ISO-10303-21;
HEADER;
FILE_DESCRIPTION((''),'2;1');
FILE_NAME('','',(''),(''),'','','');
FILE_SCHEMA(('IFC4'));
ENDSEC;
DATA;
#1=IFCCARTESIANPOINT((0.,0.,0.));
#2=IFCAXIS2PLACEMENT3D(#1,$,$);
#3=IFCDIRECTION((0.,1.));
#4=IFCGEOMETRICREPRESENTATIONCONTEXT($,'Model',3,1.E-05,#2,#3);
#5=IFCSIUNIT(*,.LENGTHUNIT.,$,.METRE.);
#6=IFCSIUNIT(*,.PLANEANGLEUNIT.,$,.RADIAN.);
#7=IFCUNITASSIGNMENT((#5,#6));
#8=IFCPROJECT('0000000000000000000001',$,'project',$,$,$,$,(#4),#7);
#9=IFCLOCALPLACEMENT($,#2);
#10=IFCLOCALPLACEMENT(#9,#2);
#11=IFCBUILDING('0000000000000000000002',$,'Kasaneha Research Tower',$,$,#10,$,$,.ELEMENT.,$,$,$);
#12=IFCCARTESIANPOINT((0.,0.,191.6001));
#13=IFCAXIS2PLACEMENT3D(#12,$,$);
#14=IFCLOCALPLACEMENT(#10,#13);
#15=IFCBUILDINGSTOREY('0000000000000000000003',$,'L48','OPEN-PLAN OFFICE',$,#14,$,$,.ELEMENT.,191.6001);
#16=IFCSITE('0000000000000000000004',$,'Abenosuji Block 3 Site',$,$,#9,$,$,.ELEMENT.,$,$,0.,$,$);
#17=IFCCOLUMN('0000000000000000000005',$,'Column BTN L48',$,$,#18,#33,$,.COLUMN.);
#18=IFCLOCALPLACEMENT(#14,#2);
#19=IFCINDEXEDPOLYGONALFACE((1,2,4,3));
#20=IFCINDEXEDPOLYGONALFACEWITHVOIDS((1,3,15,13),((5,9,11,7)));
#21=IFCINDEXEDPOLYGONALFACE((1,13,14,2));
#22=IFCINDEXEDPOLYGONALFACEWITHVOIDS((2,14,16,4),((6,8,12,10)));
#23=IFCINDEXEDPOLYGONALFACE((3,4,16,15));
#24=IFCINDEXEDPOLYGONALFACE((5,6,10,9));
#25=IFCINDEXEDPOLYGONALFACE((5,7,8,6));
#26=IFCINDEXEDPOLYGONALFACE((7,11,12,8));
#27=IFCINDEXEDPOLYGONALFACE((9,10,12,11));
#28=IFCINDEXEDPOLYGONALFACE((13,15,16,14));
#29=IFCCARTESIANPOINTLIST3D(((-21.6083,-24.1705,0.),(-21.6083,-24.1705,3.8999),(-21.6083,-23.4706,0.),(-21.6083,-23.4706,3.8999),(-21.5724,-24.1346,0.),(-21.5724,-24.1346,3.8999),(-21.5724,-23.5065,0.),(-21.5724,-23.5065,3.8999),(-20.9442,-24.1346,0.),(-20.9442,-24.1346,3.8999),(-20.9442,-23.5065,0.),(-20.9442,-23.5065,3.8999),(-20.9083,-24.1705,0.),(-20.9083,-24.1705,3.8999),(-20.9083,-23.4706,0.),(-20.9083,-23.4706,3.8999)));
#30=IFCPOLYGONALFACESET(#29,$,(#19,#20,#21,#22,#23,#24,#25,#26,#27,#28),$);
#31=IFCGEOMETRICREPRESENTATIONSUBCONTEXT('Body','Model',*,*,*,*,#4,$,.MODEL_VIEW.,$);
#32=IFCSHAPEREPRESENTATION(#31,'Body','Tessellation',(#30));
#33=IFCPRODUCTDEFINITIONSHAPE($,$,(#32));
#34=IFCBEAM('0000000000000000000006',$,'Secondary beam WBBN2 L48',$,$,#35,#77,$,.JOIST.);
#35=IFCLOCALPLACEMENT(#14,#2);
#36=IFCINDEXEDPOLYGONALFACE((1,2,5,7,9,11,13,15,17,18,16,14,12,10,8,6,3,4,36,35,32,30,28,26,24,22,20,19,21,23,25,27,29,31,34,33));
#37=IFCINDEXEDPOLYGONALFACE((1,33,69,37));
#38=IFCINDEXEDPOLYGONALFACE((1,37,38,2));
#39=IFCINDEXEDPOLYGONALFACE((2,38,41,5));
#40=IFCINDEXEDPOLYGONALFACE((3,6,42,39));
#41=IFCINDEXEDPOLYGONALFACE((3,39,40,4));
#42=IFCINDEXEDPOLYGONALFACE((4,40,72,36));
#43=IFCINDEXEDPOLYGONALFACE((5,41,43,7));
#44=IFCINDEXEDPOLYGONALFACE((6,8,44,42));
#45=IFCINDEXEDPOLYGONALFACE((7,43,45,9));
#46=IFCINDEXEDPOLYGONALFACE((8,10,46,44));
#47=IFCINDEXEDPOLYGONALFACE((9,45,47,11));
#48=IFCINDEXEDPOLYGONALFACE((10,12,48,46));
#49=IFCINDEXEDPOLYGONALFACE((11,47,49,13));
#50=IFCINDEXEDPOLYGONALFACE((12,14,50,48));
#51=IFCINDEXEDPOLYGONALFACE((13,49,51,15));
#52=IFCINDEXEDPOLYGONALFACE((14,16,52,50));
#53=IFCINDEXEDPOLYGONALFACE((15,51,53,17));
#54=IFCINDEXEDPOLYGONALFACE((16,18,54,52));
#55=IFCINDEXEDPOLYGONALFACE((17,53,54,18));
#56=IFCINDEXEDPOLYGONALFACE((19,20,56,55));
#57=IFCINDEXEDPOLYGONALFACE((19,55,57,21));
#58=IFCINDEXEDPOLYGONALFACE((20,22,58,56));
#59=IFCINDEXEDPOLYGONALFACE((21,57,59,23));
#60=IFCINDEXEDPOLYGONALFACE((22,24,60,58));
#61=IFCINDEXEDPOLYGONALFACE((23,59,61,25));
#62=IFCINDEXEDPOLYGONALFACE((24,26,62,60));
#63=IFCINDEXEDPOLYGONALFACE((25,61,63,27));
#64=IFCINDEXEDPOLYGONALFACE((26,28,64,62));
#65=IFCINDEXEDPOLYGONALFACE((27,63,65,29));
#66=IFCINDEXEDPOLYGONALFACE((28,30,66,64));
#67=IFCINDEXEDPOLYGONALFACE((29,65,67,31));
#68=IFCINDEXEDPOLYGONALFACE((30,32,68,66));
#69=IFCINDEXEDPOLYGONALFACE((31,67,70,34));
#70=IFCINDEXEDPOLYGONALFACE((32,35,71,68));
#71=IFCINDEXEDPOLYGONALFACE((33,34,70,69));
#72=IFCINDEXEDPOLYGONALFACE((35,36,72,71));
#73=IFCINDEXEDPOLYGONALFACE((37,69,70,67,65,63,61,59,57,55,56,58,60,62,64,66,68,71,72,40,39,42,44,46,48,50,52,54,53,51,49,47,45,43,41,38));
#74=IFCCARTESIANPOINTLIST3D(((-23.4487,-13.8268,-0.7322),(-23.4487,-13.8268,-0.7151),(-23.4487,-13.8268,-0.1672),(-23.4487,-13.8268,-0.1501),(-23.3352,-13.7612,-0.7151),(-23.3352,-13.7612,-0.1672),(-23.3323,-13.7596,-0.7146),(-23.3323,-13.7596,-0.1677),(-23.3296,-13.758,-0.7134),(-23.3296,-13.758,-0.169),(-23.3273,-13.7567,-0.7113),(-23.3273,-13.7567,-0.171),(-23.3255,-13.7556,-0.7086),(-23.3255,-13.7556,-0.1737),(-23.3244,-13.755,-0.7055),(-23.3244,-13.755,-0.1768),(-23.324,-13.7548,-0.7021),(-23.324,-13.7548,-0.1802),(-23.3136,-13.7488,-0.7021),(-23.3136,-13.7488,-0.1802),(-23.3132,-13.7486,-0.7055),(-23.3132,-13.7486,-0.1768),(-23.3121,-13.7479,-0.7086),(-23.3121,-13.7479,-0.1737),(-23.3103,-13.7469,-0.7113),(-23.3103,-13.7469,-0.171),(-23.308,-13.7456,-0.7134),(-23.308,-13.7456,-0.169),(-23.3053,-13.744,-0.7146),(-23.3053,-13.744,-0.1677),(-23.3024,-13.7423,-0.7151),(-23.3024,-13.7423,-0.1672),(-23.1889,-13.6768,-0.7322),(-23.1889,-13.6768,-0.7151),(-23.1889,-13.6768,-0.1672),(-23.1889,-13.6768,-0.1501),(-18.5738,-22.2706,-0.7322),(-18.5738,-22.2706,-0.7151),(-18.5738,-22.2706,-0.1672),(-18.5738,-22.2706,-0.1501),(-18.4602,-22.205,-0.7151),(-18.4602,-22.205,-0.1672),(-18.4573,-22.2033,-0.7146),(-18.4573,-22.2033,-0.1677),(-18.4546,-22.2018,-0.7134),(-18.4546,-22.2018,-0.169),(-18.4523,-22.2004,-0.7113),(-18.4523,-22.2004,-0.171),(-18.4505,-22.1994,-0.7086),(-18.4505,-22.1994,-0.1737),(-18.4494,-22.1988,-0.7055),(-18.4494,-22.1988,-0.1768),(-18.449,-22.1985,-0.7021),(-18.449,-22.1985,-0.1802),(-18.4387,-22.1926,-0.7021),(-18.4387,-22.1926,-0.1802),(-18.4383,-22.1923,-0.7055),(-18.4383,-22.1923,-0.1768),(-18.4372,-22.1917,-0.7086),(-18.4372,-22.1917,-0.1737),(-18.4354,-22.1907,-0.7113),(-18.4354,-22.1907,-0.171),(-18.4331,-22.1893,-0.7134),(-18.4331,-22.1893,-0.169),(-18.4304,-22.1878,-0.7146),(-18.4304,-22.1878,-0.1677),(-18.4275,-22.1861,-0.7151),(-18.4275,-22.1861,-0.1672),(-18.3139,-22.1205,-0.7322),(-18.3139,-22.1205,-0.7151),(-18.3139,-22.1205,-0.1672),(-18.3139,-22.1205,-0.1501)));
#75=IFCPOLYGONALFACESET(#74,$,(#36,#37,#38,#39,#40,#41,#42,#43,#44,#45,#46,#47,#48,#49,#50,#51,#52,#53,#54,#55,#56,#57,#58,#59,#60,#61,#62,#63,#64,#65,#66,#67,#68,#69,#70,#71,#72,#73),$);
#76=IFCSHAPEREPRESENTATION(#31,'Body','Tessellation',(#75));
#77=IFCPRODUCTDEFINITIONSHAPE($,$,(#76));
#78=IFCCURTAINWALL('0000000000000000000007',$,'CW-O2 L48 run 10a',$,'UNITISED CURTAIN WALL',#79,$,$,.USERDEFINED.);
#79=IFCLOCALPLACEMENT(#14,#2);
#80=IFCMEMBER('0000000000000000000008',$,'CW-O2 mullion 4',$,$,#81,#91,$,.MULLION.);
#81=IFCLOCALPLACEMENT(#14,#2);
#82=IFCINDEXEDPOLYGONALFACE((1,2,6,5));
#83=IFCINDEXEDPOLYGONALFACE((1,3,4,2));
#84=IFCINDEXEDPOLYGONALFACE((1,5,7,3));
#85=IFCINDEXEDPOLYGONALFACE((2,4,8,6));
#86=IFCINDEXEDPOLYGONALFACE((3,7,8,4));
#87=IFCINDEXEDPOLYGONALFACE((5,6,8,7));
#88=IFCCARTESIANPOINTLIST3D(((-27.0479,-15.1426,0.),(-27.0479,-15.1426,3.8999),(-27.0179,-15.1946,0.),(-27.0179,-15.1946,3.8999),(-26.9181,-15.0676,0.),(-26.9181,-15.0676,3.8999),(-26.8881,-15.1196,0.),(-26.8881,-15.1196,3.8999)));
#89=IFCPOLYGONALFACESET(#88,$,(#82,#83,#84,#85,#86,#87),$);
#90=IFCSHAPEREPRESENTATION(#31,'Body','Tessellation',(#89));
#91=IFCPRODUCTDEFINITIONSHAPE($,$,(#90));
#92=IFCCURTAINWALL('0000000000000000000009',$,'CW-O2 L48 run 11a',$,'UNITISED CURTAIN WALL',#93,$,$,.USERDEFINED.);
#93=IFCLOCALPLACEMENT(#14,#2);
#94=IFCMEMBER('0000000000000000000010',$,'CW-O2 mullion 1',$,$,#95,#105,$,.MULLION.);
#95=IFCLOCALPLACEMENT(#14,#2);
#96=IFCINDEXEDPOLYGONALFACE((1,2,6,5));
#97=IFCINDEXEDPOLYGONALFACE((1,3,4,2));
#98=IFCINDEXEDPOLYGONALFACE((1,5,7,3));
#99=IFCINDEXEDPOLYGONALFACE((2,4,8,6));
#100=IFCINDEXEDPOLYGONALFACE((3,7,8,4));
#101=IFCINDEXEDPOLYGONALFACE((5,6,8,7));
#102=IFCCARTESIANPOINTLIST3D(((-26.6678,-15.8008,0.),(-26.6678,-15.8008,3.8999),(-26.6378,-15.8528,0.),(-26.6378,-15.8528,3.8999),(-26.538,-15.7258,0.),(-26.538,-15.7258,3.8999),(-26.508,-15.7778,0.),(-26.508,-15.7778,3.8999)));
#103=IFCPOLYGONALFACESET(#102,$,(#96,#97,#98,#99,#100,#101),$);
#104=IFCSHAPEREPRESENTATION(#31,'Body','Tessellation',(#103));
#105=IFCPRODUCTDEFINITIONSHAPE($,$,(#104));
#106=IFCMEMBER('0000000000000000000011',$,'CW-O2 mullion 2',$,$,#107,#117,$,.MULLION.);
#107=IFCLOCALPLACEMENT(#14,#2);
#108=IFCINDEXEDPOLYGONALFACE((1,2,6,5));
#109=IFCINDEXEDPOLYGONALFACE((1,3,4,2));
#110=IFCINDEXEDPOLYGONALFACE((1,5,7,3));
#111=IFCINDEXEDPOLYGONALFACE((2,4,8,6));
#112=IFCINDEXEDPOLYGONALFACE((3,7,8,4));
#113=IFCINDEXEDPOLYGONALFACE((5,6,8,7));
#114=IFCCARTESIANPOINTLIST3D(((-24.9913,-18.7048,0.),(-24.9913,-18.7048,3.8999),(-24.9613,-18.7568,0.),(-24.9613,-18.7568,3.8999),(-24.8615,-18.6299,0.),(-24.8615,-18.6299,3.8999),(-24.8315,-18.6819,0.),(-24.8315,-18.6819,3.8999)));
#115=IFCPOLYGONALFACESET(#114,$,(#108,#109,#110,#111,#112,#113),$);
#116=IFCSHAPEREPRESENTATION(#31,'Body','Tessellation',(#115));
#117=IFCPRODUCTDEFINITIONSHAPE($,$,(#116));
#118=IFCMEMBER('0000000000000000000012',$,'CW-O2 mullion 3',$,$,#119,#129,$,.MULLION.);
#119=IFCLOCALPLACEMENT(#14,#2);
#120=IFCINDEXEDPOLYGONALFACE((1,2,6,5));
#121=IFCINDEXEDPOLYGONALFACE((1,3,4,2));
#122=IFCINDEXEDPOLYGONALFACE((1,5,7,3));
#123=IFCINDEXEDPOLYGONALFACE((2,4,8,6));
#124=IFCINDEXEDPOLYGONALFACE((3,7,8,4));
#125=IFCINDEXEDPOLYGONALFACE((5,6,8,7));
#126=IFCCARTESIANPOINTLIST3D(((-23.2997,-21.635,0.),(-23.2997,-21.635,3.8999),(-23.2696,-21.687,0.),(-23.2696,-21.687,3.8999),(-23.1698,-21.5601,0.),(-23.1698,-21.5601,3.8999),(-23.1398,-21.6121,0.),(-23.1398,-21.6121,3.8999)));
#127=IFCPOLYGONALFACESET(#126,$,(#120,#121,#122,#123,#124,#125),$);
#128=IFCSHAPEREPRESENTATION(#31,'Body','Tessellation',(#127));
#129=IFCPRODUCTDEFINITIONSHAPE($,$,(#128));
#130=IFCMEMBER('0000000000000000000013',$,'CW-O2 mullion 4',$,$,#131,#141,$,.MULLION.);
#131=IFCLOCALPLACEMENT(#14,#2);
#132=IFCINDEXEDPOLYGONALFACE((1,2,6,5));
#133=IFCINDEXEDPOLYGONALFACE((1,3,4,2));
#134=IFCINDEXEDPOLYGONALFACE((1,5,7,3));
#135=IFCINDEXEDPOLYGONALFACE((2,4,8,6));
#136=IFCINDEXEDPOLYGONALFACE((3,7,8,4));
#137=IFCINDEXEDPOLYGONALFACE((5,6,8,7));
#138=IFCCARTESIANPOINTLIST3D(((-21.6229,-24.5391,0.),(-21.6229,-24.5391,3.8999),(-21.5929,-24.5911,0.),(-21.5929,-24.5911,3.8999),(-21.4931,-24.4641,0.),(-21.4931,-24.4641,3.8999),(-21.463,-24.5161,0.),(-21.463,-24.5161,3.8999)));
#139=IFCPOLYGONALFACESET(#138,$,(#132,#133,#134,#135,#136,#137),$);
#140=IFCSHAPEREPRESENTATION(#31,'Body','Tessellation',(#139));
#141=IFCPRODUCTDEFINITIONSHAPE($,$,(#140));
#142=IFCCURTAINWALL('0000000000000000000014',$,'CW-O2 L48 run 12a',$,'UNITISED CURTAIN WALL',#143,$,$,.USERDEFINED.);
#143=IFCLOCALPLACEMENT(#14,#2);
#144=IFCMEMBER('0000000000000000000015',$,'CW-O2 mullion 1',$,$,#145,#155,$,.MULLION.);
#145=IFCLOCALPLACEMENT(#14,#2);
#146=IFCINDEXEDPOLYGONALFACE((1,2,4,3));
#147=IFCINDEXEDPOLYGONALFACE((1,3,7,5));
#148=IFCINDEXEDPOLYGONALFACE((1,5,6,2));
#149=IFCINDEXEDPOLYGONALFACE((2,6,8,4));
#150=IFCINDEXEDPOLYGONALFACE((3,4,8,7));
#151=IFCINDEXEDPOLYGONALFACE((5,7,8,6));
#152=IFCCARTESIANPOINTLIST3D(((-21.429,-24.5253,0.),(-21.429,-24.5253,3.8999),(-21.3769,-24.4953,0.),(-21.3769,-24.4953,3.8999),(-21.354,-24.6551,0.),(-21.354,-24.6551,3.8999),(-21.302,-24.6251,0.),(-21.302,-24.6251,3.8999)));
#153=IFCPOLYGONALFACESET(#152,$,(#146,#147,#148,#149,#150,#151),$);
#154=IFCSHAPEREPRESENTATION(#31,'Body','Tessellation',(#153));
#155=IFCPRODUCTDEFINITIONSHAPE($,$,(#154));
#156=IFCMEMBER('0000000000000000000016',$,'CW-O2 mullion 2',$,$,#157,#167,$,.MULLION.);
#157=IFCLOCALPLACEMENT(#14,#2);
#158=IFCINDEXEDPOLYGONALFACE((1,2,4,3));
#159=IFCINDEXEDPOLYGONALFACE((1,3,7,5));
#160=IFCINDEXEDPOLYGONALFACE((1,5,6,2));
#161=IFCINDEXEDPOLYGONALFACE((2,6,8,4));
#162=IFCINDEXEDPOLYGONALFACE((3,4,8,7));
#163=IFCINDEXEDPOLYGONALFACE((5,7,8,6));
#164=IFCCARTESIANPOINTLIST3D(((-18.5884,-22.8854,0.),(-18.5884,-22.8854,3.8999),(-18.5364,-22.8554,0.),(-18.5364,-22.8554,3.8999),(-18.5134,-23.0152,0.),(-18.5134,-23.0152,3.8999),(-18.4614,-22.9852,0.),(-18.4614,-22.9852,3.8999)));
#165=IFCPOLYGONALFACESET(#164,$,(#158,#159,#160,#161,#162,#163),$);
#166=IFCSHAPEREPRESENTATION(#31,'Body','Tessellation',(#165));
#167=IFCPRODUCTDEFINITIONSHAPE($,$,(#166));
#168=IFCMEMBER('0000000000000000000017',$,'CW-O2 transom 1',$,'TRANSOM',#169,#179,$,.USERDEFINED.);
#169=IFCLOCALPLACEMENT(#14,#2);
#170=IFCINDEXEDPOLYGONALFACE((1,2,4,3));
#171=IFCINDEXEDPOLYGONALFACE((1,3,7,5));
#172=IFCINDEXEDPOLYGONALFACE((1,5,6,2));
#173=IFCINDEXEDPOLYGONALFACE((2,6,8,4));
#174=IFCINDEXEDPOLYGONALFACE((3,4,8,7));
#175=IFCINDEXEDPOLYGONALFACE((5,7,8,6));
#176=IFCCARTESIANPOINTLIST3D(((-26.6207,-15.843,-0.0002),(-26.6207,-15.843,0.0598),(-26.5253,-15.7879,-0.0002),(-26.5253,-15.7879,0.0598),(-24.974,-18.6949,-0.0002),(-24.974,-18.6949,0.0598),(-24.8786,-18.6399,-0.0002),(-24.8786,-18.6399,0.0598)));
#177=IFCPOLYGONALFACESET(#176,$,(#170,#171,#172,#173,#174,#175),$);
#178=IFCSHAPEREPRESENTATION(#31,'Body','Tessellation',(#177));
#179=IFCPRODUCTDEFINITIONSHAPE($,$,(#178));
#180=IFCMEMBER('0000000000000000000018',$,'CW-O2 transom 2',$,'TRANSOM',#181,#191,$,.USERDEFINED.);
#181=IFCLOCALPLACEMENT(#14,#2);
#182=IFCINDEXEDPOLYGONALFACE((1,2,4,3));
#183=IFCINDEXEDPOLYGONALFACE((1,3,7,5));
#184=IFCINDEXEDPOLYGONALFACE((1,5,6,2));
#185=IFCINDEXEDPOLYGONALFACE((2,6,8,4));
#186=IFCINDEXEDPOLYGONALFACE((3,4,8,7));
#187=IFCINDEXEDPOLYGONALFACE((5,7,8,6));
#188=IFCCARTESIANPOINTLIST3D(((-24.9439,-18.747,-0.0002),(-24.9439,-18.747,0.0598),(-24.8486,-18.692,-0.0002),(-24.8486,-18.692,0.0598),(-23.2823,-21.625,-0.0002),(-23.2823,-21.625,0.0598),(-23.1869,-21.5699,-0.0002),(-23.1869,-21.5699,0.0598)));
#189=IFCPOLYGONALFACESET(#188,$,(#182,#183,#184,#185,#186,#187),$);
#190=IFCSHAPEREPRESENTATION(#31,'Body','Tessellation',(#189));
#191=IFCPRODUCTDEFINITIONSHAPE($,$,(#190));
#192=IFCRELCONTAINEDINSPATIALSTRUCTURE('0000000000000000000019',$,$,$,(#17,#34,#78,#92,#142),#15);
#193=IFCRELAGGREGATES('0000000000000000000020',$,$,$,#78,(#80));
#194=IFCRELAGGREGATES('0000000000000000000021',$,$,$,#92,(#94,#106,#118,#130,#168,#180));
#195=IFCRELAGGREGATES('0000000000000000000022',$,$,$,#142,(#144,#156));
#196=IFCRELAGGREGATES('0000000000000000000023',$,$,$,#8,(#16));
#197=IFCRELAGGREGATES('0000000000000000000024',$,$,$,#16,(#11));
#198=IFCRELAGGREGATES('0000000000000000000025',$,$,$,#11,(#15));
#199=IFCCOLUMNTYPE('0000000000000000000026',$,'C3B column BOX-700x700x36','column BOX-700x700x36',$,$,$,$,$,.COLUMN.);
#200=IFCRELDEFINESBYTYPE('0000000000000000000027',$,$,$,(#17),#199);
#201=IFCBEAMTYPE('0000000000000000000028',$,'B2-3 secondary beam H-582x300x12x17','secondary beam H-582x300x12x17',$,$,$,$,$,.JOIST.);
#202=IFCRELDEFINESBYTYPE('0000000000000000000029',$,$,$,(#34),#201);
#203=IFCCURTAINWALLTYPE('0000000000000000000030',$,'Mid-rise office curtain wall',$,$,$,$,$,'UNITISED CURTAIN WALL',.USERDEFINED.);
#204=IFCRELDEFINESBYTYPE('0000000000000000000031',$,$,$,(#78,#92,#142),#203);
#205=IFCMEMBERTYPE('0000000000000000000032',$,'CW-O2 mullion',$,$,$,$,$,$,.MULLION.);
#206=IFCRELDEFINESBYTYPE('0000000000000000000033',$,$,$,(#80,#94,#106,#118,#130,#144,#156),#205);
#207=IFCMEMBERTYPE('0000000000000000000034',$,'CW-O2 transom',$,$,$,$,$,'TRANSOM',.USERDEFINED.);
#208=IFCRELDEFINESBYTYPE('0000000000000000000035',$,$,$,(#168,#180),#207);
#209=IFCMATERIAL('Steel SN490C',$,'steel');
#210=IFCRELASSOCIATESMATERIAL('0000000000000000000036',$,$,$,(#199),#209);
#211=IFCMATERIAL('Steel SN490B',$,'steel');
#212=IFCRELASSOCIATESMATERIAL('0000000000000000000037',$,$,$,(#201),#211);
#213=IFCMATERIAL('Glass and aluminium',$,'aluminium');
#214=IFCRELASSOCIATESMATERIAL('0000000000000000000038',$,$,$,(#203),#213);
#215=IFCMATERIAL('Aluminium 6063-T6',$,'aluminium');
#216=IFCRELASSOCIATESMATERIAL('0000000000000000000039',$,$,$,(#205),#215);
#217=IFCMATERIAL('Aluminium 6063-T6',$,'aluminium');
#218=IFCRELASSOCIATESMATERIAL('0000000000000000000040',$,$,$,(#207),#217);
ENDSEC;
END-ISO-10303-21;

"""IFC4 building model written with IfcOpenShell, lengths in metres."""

from ifc_helpers import new_model, si_unit, direction, frame, origin, origin_2d, place, context, subcontext, project, spatial, rectangle, hollow_rectangle, i_section, extrude, material, material_profile, profile_set, type_object, element, aggregate, save


model = new_model("IFC4")

# Units and contexts
model_context = context("Model", 3, precision=1e-05, world=origin(), true_north=direction((0.0, 1.0)))
body_context = subcontext(model_context, "Body", "Model", "MODEL_VIEW")
ifc_project = project(units=[si_unit("LENGTHUNIT", "METRE"), si_unit("PLANEANGLEUNIT", "RADIAN")], contexts=[model_context])

# Site, building, storey
site_placement = place(None, origin())
site = spatial("IfcSite", under=ifc_project, at=site_placement, Name="Abenosuji Block 3 Site", CompositionType="ELEMENT", RefElevation=0.0)
building_placement = place(site_placement, origin())
building = spatial("IfcBuilding", under=site, at=building_placement, Name="Kasaneha Research Tower", CompositionType="ELEMENT")
storey_placement = place(building_placement, frame((0.0, 0.0, 191.6001)))
storey = spatial("IfcBuildingStorey", under=building, at=storey_placement, Name="L48", Description="OPEN-PLAN OFFICE", CompositionType="ELEMENT", Elevation=191.6001)

# Column
ifc_material_1 = material(Name="Steel SN490C", Category="steel")
ifc_material_profile_1 = material_profile(ifc_material_1, hollow_rectangle(XDim=0.7, YDim=0.7, WallThickness=0.0359, at=origin_2d()), Name="BOX-700x700x36")
ifc_profile_set_1 = profile_set([ifc_material_profile_1], Name="Steel SN490C")
column_type = type_object("IfcColumnType", Name="C3B column BOX-700x700x36", Description="column BOX-700x700x36", PredefinedType="COLUMN", material=ifc_profile_set_1)
column_placement = place(storey_placement, frame((-21.2583, -23.8206, 0.0), z_axis=(0.0, 0.0, 1.0), x_axis=(1.0, 0.0, 0.0)))
element("IfcColumn", 1, at=column_placement, inside=storey, type_object=column_type, Name="Column BTN L48", PredefinedType="COLUMN", context=body_context, shape_type="SweptSolid", body=[
    extrude(hollow_rectangle(XDim=0.7, YDim=0.7, WallThickness=0.0359, at=origin_2d()), origin(), (0.0, 0.0, 1.0), 3.8999),
])

# Beam
ifc_material_2 = material(Name="Steel SN490B", Category="steel")
ifc_material_profile_2 = material_profile(ifc_material_2, i_section(OverallWidth=0.3, OverallDepth=0.582, WebThickness=0.012, FlangeThickness=0.0171, FilletRadius=0.0129, at=origin_2d()), Name="H-582x300x12x17")
ifc_profile_set_2 = profile_set([ifc_material_profile_2], Name="Steel SN490B")
beam_type_1 = type_object("IfcBeamType", Name="B2-3 secondary beam H-582x300x12x17", Description="secondary beam H-582x300x12x17", PredefinedType="JOIST", material=ifc_profile_set_2)
beam_1_placement = place(storey_placement, frame((-18.4438, -22.1956, -0.4412), z_axis=(-0.499996, 0.866028, 0.0), x_axis=(-0.866028, -0.499996, 0.0)))
element("IfcBeam", 2, at=beam_1_placement, inside=storey, type_object=beam_type_1, Name="Secondary beam WBBN2 L48", PredefinedType="JOIST", context=body_context, shape_type="SweptSolid", body=[
    extrude(i_section(OverallWidth=0.3, OverallDepth=0.582, WebThickness=0.012, FlangeThickness=0.0171, FilletRadius=0.0129, at=origin_2d()), origin(), (0.0, 0.0, 1.0), 9.75),
])

# Curtain wall, member
ifc_material_3 = material(Name="Glass and aluminium", Category="aluminium")
curtain_wall_type = type_object("IfcCurtainWallType", Name="Mid-rise office curtain wall", ElementType="UNITISED CURTAIN WALL", PredefinedType="USERDEFINED", material=ifc_material_3)
curtain_wall_1_placement = place(storey_placement, origin())
curtain_wall_1 = element("IfcCurtainWall", 3, at=curtain_wall_1_placement, inside=storey, type_object=curtain_wall_type, Name="CW-O2 L48 run 10a", ObjectType="UNITISED CURTAIN WALL", PredefinedType="USERDEFINED")
ifc_material_4 = material(Name="Aluminium 6063-T6", Category="aluminium")
ifc_material_profile_3 = material_profile(ifc_material_4, rectangle(XDim=0.0601, YDim=0.1499, at=origin_2d()), Name="CW-O2 mullion 60x150")
ifc_profile_set_3 = profile_set([ifc_material_profile_3], Name="Aluminium 6063-T6")
member_type_1 = type_object("IfcMemberType", Name="CW-O2 mullion", PredefinedType="MULLION", material=ifc_profile_set_3)
member_1_placement = place(storey_placement, frame((-26.968, -15.1311, 0.0), z_axis=(0.0, 0.0, 1.0), x_axis=(0.5, -0.866025, 0.0)))
member_1 = element("IfcMember", 4, at=member_1_placement, type_object=member_type_1, Name="CW-O2 mullion 4", PredefinedType="MULLION", context=body_context, shape_type="SweptSolid", body=[
    extrude(rectangle(XDim=0.0601, YDim=0.1499, at=origin_2d()), origin(), (0.0, 0.0, 1.0), 3.8999),
])
aggregate(curtain_wall_1, [member_1])

# Curtain walls, members
curtain_wall_2_placement = place(storey_placement, origin())
curtain_wall_2 = element("IfcCurtainWall", 5, at=curtain_wall_2_placement, inside=storey, type_object=curtain_wall_type, Name="CW-O2 L48 run 11a", ObjectType="UNITISED CURTAIN WALL", PredefinedType="USERDEFINED")
member_2_placement = place(storey_placement, frame((-26.5879, -15.7893, 0.0), z_axis=(0.0, 0.0, 1.0), x_axis=(0.5, -0.866025, 0.0)))
member_2 = element("IfcMember", 6, at=member_2_placement, type_object=member_type_1, Name="CW-O2 mullion 1", PredefinedType="MULLION", context=body_context, shape_type="SweptSolid", body=[
    extrude(rectangle(XDim=0.0601, YDim=0.1499, at=origin_2d()), origin(), (0.0, 0.0, 1.0), 3.8999),
])
member_3_placement = place(storey_placement, frame((-24.9114, -18.6934, 0.0), z_axis=(0.0, 0.0, 1.0), x_axis=(0.5, -0.866025, 0.0)))
member_3 = element("IfcMember", 7, at=member_3_placement, type_object=member_type_1, Name="CW-O2 mullion 2", PredefinedType="MULLION", context=body_context, shape_type="SweptSolid", body=[
    extrude(rectangle(XDim=0.0601, YDim=0.1499, at=origin_2d()), origin(), (0.0, 0.0, 1.0), 3.8999),
])
member_4_placement = place(storey_placement, frame((-23.2197, -21.6235, 0.0), z_axis=(0.0, 0.0, 1.0), x_axis=(0.5, -0.866025, 0.0)))
member_4 = element("IfcMember", 8, at=member_4_placement, type_object=member_type_1, Name="CW-O2 mullion 3", PredefinedType="MULLION", context=body_context, shape_type="SweptSolid", body=[
    extrude(rectangle(XDim=0.0601, YDim=0.1499, at=origin_2d()), origin(), (0.0, 0.0, 1.0), 3.8999),
])
member_5_placement = place(storey_placement, frame((-21.543, -24.5276, 0.0), z_axis=(0.0, 0.0, 1.0), x_axis=(0.5, -0.866025, 0.0)))
member_5 = element("IfcMember", 9, at=member_5_placement, type_object=member_type_1, Name="CW-O2 mullion 4", PredefinedType="MULLION", context=body_context, shape_type="SweptSolid", body=[
    extrude(rectangle(XDim=0.0601, YDim=0.1499, at=origin_2d()), origin(), (0.0, 0.0, 1.0), 3.8999),
])
curtain_wall_3_placement = place(storey_placement, origin())
curtain_wall_3 = element("IfcCurtainWall", 10, at=curtain_wall_3_placement, inside=storey, type_object=curtain_wall_type, Name="CW-O2 L48 run 12a", ObjectType="UNITISED CURTAIN WALL", PredefinedType="USERDEFINED")
member_6_placement = place(storey_placement, frame((-21.3655, -24.5752, 0.0), z_axis=(0.0, 0.0, 1.0), x_axis=(0.866025, 0.5, 0.0)))
member_6 = element("IfcMember", 11, at=member_6_placement, type_object=member_type_1, Name="CW-O2 mullion 1", PredefinedType="MULLION", context=body_context, shape_type="SweptSolid", body=[
    extrude(rectangle(XDim=0.0601, YDim=0.1499, at=origin_2d()), origin(), (0.0, 0.0, 1.0), 3.8999),
])
member_7_placement = place(storey_placement, frame((-18.5249, -22.9353, 0.0), z_axis=(0.0, 0.0, 1.0), x_axis=(0.866025, 0.5, 0.0)))
member_7 = element("IfcMember", 12, at=member_7_placement, type_object=member_type_1, Name="CW-O2 mullion 2", PredefinedType="MULLION", context=body_context, shape_type="SweptSolid", body=[
    extrude(rectangle(XDim=0.0601, YDim=0.1499, at=origin_2d()), origin(), (0.0, 0.0, 1.0), 3.8999),
])

# Members
ifc_material_5 = material(Name="Aluminium 6063-T6", Category="aluminium")
ifc_material_profile_4 = material_profile(ifc_material_5, rectangle(XDim=0.1101, YDim=0.0601, at=origin_2d()), Name="CW-O2 transom 110x60")
ifc_profile_set_4 = profile_set([ifc_material_profile_4], Name="Aluminium 6063-T6")
member_type_2 = type_object("IfcMemberType", Name="CW-O2 transom", ElementType="TRANSOM", PredefinedType="USERDEFINED", material=ifc_profile_set_4)
member_8_placement = place(storey_placement, frame((-26.573, -15.8154, 0.0298), z_axis=(0.500022, -0.866013, 0.0), x_axis=(0.866013, 0.500022, 0.0)))
member_8 = element("IfcMember", 13, at=member_8_placement, type_object=member_type_2, Name="CW-O2 transom 1", ObjectType="TRANSOM", PredefinedType="USERDEFINED", context=body_context, shape_type="SweptSolid", body=[
    extrude(rectangle(XDim=0.1101, YDim=0.0601, at=origin_2d()), origin(), (0.0, 0.0, 1.0), 3.2932),
])
member_9_placement = place(storey_placement, frame((-24.8962, -18.7195, 0.0298), z_axis=(0.500011, -0.866019, 0.0), x_axis=(0.866019, 0.500011, 0.0)))
member_9 = element("IfcMember", 14, at=member_9_placement, type_object=member_type_2, Name="CW-O2 transom 2", ObjectType="TRANSOM", PredefinedType="USERDEFINED", context=body_context, shape_type="SweptSolid", body=[
    extrude(rectangle(XDim=0.1101, YDim=0.0601, at=origin_2d()), origin(), (0.0, 0.0, 1.0), 3.3232),
])

aggregate(curtain_wall_2, [member_2, member_3, member_4, member_5, member_8, member_9])
aggregate(curtain_wall_3, [member_6, member_7])

save(model, "model.ifc")
